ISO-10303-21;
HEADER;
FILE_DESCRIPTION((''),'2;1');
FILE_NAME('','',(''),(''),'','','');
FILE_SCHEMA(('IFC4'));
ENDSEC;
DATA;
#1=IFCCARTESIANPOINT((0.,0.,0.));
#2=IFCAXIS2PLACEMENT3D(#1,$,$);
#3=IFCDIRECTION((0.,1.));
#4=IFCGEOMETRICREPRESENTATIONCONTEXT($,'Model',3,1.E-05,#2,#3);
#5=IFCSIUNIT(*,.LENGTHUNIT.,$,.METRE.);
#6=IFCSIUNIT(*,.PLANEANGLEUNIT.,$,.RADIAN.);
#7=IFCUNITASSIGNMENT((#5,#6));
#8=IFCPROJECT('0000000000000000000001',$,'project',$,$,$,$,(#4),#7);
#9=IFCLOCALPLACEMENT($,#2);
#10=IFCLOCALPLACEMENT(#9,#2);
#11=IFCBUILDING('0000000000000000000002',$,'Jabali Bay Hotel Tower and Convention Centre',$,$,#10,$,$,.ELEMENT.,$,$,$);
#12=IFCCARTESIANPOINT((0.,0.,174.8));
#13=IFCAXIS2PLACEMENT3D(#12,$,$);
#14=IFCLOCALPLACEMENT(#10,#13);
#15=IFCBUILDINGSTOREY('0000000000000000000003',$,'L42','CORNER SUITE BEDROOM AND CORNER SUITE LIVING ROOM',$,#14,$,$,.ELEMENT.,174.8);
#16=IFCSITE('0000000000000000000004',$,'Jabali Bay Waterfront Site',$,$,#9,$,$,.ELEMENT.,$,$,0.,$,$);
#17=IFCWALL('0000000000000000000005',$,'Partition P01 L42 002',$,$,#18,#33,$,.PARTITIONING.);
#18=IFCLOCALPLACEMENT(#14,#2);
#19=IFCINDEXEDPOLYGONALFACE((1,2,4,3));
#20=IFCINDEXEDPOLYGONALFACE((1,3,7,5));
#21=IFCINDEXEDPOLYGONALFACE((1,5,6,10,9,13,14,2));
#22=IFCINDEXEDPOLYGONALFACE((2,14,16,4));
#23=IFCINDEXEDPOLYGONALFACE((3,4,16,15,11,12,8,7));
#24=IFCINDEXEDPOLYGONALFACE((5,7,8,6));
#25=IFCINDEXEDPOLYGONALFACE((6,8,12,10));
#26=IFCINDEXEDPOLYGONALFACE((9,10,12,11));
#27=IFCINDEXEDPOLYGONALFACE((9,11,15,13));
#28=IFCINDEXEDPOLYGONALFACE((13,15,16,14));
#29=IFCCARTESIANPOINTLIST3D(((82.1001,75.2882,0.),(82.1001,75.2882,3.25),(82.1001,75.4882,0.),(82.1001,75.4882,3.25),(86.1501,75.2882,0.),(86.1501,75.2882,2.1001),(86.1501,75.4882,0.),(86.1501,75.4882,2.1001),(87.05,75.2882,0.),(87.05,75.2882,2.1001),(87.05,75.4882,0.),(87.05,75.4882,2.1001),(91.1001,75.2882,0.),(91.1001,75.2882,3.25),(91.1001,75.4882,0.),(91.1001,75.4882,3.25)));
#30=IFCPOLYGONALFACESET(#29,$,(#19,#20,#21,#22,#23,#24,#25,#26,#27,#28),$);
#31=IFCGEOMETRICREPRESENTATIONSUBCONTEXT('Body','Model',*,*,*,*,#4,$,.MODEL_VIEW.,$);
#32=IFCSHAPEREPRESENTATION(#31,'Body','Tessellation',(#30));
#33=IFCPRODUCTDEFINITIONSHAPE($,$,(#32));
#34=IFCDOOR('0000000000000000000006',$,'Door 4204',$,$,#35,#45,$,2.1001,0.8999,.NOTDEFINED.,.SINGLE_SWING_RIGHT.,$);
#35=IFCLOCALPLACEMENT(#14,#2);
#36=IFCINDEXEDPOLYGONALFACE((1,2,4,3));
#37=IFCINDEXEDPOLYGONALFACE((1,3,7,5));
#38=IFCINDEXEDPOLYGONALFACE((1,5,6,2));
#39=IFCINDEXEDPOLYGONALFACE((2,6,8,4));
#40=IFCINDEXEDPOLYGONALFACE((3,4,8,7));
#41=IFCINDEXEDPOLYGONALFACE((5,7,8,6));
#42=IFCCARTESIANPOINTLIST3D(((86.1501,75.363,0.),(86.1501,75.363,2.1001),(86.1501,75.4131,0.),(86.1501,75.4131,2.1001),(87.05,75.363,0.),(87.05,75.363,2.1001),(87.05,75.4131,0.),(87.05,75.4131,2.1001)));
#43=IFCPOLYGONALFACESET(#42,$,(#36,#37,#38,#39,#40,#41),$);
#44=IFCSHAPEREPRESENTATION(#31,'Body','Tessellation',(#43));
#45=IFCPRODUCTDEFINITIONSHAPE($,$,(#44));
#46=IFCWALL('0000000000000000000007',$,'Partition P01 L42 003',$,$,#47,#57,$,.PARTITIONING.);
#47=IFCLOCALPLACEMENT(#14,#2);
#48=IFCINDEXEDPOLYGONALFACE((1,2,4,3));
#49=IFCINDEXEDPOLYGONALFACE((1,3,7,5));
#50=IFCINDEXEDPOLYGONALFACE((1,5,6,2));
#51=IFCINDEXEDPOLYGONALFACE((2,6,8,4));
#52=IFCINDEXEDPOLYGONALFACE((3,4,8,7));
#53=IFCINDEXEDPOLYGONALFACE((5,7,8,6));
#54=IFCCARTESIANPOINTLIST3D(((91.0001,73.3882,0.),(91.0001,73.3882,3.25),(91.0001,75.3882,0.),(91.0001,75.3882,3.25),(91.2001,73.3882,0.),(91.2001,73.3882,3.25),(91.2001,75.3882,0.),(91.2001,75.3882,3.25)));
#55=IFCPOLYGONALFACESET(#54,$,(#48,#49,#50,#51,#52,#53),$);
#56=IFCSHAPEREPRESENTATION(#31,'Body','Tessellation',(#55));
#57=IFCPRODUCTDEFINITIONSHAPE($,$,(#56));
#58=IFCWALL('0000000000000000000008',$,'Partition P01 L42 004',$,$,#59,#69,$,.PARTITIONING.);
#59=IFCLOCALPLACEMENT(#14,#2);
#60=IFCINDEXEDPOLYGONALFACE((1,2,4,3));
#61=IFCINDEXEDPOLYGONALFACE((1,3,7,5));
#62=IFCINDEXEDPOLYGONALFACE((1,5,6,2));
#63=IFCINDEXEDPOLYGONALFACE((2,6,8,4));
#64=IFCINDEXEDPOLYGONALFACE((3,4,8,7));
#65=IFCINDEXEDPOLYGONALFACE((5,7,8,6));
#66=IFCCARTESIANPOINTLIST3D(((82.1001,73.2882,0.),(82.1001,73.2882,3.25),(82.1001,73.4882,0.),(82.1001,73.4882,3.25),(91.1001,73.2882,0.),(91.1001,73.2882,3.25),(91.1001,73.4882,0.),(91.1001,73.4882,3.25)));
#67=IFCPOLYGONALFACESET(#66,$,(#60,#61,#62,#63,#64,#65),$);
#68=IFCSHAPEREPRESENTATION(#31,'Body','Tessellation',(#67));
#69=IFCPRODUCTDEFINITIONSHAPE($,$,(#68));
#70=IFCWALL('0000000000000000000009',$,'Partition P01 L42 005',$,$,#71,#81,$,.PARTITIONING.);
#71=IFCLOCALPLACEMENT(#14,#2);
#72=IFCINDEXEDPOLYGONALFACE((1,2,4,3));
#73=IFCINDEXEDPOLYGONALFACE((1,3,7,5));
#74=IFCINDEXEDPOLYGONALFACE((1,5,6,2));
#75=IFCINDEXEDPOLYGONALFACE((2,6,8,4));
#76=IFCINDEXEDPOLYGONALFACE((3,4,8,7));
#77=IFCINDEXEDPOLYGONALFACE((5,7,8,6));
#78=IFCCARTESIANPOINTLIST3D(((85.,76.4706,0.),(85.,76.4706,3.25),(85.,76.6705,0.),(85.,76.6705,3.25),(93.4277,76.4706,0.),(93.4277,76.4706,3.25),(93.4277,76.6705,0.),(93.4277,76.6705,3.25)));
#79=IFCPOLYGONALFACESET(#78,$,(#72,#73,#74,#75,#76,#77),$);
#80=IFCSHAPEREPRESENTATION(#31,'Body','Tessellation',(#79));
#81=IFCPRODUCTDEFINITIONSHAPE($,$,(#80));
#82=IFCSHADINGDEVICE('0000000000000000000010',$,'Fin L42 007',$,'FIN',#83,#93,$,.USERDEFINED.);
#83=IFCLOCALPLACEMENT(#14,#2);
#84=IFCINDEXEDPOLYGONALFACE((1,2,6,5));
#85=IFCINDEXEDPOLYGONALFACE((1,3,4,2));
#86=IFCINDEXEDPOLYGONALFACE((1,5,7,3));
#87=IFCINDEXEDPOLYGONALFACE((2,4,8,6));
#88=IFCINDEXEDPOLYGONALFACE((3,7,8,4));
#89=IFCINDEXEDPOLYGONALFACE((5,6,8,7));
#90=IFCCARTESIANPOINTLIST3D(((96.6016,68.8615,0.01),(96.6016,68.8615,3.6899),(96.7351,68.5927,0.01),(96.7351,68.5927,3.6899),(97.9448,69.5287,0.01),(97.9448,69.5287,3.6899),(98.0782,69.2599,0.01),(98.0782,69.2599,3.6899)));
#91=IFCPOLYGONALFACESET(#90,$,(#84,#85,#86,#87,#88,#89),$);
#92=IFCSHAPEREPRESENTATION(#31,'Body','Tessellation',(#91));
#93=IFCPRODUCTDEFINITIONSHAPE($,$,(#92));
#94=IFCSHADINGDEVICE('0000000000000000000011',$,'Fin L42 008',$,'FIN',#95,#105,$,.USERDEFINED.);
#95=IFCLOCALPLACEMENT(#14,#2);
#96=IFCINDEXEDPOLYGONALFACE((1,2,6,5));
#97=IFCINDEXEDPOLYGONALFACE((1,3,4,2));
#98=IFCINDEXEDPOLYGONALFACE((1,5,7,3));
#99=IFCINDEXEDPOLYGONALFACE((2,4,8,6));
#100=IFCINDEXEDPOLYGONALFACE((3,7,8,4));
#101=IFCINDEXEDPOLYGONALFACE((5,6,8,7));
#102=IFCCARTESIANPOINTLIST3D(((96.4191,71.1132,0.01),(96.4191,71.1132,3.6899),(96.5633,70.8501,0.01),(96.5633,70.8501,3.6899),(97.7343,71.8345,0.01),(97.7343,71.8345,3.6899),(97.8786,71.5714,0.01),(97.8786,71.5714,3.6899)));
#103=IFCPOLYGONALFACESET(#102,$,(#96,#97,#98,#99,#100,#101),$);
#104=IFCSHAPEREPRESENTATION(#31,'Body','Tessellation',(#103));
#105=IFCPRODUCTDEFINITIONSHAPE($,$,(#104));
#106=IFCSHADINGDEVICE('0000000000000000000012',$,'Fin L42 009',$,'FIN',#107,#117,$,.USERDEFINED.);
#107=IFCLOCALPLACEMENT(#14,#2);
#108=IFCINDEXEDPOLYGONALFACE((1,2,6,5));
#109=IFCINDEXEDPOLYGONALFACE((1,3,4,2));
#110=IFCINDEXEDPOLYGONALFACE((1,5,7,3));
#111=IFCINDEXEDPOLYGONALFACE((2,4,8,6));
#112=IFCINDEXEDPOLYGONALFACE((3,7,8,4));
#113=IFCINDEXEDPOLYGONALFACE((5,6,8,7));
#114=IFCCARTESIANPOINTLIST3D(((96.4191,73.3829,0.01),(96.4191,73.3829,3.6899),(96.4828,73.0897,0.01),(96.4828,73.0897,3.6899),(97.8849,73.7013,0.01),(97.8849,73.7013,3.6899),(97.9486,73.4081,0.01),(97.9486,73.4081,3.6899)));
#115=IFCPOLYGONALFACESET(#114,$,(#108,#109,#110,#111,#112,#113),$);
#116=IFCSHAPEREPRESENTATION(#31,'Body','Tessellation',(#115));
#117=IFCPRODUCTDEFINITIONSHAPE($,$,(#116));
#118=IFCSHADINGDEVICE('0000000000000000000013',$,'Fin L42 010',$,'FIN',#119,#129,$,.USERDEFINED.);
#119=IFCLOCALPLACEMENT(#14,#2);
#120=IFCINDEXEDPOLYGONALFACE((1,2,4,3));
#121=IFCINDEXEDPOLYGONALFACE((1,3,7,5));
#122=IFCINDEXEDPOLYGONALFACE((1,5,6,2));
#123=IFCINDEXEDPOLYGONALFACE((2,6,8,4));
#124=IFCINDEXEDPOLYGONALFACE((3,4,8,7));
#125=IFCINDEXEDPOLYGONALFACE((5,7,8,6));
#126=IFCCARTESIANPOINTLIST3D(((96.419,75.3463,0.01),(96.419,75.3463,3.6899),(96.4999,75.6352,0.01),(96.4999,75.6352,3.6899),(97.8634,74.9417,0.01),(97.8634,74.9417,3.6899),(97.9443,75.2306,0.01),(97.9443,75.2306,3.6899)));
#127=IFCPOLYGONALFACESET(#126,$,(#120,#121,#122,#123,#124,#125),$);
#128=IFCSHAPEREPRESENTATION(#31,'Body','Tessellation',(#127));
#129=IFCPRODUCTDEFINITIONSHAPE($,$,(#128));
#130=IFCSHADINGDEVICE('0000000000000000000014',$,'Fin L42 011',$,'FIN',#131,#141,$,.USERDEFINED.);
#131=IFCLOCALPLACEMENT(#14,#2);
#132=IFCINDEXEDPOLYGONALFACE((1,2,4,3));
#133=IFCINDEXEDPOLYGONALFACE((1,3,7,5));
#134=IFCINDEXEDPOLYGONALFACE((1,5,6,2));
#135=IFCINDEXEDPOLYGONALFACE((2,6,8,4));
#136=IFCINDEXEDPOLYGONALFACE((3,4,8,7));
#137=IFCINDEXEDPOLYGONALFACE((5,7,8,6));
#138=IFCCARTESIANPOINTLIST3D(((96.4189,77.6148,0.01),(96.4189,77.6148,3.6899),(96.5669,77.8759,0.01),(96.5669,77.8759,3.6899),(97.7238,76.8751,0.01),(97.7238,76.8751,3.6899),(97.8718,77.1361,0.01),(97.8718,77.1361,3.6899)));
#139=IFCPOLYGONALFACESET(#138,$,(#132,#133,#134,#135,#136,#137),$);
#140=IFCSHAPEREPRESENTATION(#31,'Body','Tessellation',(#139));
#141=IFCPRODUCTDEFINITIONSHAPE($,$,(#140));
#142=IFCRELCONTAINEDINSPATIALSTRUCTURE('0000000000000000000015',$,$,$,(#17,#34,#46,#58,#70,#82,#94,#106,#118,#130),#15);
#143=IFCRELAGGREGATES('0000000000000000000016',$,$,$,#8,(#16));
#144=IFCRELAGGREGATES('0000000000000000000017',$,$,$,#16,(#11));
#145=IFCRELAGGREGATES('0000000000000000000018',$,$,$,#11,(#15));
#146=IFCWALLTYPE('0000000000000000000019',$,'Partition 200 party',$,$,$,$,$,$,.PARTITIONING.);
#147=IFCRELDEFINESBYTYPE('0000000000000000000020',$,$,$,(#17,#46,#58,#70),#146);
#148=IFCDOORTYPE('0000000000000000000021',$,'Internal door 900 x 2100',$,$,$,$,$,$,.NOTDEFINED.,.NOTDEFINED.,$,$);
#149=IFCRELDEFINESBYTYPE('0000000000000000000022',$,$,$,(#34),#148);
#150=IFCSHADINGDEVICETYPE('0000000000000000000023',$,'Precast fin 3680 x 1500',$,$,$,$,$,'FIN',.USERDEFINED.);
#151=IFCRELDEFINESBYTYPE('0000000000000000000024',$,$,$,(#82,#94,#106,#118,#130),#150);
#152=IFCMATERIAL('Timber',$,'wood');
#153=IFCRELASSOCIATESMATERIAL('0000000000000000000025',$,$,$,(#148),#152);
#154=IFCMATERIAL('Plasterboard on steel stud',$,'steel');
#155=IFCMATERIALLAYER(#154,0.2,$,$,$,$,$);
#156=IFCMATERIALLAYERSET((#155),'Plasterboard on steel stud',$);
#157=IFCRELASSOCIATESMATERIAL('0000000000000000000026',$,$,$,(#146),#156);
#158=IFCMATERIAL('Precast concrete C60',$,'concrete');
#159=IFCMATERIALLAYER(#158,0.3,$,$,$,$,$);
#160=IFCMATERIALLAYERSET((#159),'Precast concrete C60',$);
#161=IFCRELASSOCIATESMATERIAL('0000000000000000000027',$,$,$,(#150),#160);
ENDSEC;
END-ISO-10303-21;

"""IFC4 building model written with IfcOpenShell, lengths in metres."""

from ifc_helpers import new_model, si_unit, direction, frame, frame_2d, origin, place, context, subcontext, project, spatial, rectangle, extrude, material, layer, layer_set, type_object, element, fill, save


model = new_model("IFC4")

# Units and contexts
model_context = context("Model", 3, precision=1e-05, world=origin(), true_north=direction((0.0, 1.0)))
body_context = subcontext(model_context, "Body", "Model", "MODEL_VIEW")
ifc_project = project(units=[si_unit("LENGTHUNIT", "METRE"), si_unit("PLANEANGLEUNIT", "RADIAN")], contexts=[model_context])

# Site, building, storey
site_placement = place(None, origin())
site = spatial("IfcSite", under=ifc_project, at=site_placement, Name="Jabali Bay Waterfront Site", CompositionType="ELEMENT", RefElevation=0.0)
building_placement = place(site_placement, origin())
building = spatial("IfcBuilding", under=site, at=building_placement, Name="Jabali Bay Hotel Tower and Convention Centre", CompositionType="ELEMENT")
storey_placement = place(building_placement, frame((0.0, 0.0, 174.8)))
storey = spatial("IfcBuildingStorey", under=building, at=storey_placement, Name="L42", Description="CORNER SUITE BEDROOM AND CORNER SUITE LIVING ROOM", CompositionType="ELEMENT", Elevation=174.8)

# Shared definitions
ifc_material_1 = material(Name="Timber", Category="wood")

# Shared definitions
ifc_material_2 = material(Name="Plasterboard on steel stud", Category="steel")
door_type_1 = type_object("IfcDoorType", Name="Internal door 900 x 2100", OperationType="NOTDEFINED", PredefinedType="NOTDEFINED", material=ifc_material_1)

# Wall, opening, door
ifc_layer_1 = layer(ifc_material_2, 0.2)
ifc_layer_set_1 = layer_set([ifc_layer_1], Name="Plasterboard on steel stud")
wall_type_1 = type_object("IfcWallType", Name="Partition 200 party", PredefinedType="PARTITIONING", material=ifc_layer_set_1)
wall_1_placement = place(storey_placement, frame((82.1001, 75.3882, 0.0), z_axis=(0.0, 0.0, 1.0), x_axis=(1.0, 0.0, 0.0)))
wall_1 = element("IfcWall", 1, at=wall_1_placement, inside=storey, type_object=wall_type_1, Name="Partition P01 L42 002", PredefinedType="PARTITIONING", context=body_context, shape_type="SweptSolid", body=[
    extrude(rectangle(XDim=9.0, YDim=0.2, at=frame_2d((4.5, 0.0))), origin(), (0.0, 0.0, 1.0), 3.25),
])
opening_1_placement = place(wall_1_placement, frame((4.05, 0.0, 0.0)))
opening_1 = element("IfcOpeningElement", 2, at=opening_1_placement, cuts=wall_1, PredefinedType="OPENING", context=body_context, shape_type="SweptSolid", body=[
    extrude(rectangle(XDim=0.8999, YDim=2.1001, at=frame_2d((0.45, 1.05))), frame((0.0, 0.1104, 0.0), z_axis=(0.0, -1.0, 0.0), x_axis=(1.0, 0.0, 0.0)), (0.0, 0.0, 1.0), 0.2209),
])
door_1_placement = place(opening_1_placement, origin())
door_1 = element("IfcDoor", 3, at=door_1_placement, inside=storey, type_object=door_type_1, Name="Door 4204", OperationType="SINGLE_SWING_RIGHT", OverallHeight=2.1001, OverallWidth=0.8999, PredefinedType="NOTDEFINED", context=body_context, shape_type="SweptSolid", body=[
    extrude(rectangle(XDim=0.8999, YDim=2.1001, at=frame_2d((0.45, 1.05))), frame((0.0, 0.0249, 0.0), z_axis=(0.0, -1.0, 0.0), x_axis=(1.0, 0.0, 0.0)), (0.0, 0.0, 1.0), 0.05),
])
fill(opening_1, door_1)

# Walls
wall_2_placement = place(storey_placement, frame((91.1001, 75.3882, 0.0), z_axis=(0.0, 0.0, 1.0), x_axis=(0.0, -1.0, 0.0)))
element("IfcWall", 4, at=wall_2_placement, inside=storey, type_object=wall_type_1, Name="Partition P01 L42 003", PredefinedType="PARTITIONING", context=body_context, shape_type="SweptSolid", body=[
    extrude(rectangle(XDim=2.0, YDim=0.2, at=frame_2d((1.0, 0.0))), origin(), (0.0, 0.0, 1.0), 3.25),
])
wall_3_placement = place(storey_placement, frame((91.1001, 73.3882, 0.0), z_axis=(0.0, 0.0, 1.0), x_axis=(-1.0, 0.0, 0.0)))
element("IfcWall", 5, at=wall_3_placement, inside=storey, type_object=wall_type_1, Name="Partition P01 L42 004", PredefinedType="PARTITIONING", context=body_context, shape_type="SweptSolid", body=[
    extrude(rectangle(XDim=9.0, YDim=0.2, at=frame_2d((4.5, 0.0))), origin(), (0.0, 0.0, 1.0), 3.25),
])
wall_4_placement = place(storey_placement, frame((93.4277, 76.5706, 0.0), z_axis=(0.0, 0.0, 1.0), x_axis=(-1.0, 0.0, 0.0)))
element("IfcWall", 6, at=wall_4_placement, inside=storey, type_object=wall_type_1, Name="Partition P01 L42 005", PredefinedType="PARTITIONING", context=body_context, shape_type="SweptSolid", body=[
    extrude(rectangle(XDim=8.4277, YDim=0.2, at=frame_2d((4.2139, 0.0))), origin(), (0.0, 0.0, 1.0), 3.25),
])

# Shading devices
ifc_material_3 = material(Name="Precast concrete C60", Category="concrete")
ifc_layer_2 = layer(ifc_material_3, 0.3)
ifc_layer_set_2 = layer_set([ifc_layer_2], Name="Precast concrete C60")
shading_device_type = type_object("IfcShadingDeviceType", Name="Precast fin 3680 x 1500", ElementType="FIN", PredefinedType="USERDEFINED", material=ifc_layer_set_2)
shading_device_placement = place(storey_placement, frame((96.6682, 68.7271, 0.01), z_axis=(0.0, 0.0, 1.0), x_axis=(0.895596, 0.444868, 0.0)))
element("IfcShadingDevice", 7, at=shading_device_placement, inside=storey, type_object=shading_device_type, Name="Fin L42 007", ObjectType="FIN", PredefinedType="USERDEFINED", context=body_context, shape_type="SweptSolid", body=[
    extrude(rectangle(XDim=1.4998, YDim=0.3, at=frame_2d((0.75, 0.0))), origin(), (0.0, 0.0, 1.0), 3.6799),
])
for number, where, z_axis, x_axis, name in (
    (8, (96.4912, 70.9817, 0.01), (0.0, 0.0, 1.0), (0.876823, 0.480812, 0.0), "Fin L42 008"),
    (9, (96.4509, 73.2363, 0.01), (0.0, 0.0, 1.0), (0.977217, 0.21224, 0.0), "Fin L42 009"),
    (10, (96.4595, 75.4907, 0.01), (0.0, 0.0, 1.0), (0.962942, -0.269708, 0.0), "Fin L42 010"),
    (11, (96.4929, 77.7454, 0.01), (0.0, 0.0, 1.0), (0.869941, -0.493156, 0.0), "Fin L42 011"),
):
    element("IfcShadingDevice", number, at=place(storey_placement, frame(where, z_axis=z_axis, x_axis=x_axis)), inside=storey, type_object=shading_device_type, Name=name, ObjectType="FIN", PredefinedType="USERDEFINED", context=body_context, shape_type="SweptSolid", body=[
        extrude(rectangle(XDim=1.5, YDim=0.3, at=frame_2d((0.75, 0.0))), origin(), (0.0, 0.0, 1.0), 3.6799),
    ])

save(model, "model.ifc")
